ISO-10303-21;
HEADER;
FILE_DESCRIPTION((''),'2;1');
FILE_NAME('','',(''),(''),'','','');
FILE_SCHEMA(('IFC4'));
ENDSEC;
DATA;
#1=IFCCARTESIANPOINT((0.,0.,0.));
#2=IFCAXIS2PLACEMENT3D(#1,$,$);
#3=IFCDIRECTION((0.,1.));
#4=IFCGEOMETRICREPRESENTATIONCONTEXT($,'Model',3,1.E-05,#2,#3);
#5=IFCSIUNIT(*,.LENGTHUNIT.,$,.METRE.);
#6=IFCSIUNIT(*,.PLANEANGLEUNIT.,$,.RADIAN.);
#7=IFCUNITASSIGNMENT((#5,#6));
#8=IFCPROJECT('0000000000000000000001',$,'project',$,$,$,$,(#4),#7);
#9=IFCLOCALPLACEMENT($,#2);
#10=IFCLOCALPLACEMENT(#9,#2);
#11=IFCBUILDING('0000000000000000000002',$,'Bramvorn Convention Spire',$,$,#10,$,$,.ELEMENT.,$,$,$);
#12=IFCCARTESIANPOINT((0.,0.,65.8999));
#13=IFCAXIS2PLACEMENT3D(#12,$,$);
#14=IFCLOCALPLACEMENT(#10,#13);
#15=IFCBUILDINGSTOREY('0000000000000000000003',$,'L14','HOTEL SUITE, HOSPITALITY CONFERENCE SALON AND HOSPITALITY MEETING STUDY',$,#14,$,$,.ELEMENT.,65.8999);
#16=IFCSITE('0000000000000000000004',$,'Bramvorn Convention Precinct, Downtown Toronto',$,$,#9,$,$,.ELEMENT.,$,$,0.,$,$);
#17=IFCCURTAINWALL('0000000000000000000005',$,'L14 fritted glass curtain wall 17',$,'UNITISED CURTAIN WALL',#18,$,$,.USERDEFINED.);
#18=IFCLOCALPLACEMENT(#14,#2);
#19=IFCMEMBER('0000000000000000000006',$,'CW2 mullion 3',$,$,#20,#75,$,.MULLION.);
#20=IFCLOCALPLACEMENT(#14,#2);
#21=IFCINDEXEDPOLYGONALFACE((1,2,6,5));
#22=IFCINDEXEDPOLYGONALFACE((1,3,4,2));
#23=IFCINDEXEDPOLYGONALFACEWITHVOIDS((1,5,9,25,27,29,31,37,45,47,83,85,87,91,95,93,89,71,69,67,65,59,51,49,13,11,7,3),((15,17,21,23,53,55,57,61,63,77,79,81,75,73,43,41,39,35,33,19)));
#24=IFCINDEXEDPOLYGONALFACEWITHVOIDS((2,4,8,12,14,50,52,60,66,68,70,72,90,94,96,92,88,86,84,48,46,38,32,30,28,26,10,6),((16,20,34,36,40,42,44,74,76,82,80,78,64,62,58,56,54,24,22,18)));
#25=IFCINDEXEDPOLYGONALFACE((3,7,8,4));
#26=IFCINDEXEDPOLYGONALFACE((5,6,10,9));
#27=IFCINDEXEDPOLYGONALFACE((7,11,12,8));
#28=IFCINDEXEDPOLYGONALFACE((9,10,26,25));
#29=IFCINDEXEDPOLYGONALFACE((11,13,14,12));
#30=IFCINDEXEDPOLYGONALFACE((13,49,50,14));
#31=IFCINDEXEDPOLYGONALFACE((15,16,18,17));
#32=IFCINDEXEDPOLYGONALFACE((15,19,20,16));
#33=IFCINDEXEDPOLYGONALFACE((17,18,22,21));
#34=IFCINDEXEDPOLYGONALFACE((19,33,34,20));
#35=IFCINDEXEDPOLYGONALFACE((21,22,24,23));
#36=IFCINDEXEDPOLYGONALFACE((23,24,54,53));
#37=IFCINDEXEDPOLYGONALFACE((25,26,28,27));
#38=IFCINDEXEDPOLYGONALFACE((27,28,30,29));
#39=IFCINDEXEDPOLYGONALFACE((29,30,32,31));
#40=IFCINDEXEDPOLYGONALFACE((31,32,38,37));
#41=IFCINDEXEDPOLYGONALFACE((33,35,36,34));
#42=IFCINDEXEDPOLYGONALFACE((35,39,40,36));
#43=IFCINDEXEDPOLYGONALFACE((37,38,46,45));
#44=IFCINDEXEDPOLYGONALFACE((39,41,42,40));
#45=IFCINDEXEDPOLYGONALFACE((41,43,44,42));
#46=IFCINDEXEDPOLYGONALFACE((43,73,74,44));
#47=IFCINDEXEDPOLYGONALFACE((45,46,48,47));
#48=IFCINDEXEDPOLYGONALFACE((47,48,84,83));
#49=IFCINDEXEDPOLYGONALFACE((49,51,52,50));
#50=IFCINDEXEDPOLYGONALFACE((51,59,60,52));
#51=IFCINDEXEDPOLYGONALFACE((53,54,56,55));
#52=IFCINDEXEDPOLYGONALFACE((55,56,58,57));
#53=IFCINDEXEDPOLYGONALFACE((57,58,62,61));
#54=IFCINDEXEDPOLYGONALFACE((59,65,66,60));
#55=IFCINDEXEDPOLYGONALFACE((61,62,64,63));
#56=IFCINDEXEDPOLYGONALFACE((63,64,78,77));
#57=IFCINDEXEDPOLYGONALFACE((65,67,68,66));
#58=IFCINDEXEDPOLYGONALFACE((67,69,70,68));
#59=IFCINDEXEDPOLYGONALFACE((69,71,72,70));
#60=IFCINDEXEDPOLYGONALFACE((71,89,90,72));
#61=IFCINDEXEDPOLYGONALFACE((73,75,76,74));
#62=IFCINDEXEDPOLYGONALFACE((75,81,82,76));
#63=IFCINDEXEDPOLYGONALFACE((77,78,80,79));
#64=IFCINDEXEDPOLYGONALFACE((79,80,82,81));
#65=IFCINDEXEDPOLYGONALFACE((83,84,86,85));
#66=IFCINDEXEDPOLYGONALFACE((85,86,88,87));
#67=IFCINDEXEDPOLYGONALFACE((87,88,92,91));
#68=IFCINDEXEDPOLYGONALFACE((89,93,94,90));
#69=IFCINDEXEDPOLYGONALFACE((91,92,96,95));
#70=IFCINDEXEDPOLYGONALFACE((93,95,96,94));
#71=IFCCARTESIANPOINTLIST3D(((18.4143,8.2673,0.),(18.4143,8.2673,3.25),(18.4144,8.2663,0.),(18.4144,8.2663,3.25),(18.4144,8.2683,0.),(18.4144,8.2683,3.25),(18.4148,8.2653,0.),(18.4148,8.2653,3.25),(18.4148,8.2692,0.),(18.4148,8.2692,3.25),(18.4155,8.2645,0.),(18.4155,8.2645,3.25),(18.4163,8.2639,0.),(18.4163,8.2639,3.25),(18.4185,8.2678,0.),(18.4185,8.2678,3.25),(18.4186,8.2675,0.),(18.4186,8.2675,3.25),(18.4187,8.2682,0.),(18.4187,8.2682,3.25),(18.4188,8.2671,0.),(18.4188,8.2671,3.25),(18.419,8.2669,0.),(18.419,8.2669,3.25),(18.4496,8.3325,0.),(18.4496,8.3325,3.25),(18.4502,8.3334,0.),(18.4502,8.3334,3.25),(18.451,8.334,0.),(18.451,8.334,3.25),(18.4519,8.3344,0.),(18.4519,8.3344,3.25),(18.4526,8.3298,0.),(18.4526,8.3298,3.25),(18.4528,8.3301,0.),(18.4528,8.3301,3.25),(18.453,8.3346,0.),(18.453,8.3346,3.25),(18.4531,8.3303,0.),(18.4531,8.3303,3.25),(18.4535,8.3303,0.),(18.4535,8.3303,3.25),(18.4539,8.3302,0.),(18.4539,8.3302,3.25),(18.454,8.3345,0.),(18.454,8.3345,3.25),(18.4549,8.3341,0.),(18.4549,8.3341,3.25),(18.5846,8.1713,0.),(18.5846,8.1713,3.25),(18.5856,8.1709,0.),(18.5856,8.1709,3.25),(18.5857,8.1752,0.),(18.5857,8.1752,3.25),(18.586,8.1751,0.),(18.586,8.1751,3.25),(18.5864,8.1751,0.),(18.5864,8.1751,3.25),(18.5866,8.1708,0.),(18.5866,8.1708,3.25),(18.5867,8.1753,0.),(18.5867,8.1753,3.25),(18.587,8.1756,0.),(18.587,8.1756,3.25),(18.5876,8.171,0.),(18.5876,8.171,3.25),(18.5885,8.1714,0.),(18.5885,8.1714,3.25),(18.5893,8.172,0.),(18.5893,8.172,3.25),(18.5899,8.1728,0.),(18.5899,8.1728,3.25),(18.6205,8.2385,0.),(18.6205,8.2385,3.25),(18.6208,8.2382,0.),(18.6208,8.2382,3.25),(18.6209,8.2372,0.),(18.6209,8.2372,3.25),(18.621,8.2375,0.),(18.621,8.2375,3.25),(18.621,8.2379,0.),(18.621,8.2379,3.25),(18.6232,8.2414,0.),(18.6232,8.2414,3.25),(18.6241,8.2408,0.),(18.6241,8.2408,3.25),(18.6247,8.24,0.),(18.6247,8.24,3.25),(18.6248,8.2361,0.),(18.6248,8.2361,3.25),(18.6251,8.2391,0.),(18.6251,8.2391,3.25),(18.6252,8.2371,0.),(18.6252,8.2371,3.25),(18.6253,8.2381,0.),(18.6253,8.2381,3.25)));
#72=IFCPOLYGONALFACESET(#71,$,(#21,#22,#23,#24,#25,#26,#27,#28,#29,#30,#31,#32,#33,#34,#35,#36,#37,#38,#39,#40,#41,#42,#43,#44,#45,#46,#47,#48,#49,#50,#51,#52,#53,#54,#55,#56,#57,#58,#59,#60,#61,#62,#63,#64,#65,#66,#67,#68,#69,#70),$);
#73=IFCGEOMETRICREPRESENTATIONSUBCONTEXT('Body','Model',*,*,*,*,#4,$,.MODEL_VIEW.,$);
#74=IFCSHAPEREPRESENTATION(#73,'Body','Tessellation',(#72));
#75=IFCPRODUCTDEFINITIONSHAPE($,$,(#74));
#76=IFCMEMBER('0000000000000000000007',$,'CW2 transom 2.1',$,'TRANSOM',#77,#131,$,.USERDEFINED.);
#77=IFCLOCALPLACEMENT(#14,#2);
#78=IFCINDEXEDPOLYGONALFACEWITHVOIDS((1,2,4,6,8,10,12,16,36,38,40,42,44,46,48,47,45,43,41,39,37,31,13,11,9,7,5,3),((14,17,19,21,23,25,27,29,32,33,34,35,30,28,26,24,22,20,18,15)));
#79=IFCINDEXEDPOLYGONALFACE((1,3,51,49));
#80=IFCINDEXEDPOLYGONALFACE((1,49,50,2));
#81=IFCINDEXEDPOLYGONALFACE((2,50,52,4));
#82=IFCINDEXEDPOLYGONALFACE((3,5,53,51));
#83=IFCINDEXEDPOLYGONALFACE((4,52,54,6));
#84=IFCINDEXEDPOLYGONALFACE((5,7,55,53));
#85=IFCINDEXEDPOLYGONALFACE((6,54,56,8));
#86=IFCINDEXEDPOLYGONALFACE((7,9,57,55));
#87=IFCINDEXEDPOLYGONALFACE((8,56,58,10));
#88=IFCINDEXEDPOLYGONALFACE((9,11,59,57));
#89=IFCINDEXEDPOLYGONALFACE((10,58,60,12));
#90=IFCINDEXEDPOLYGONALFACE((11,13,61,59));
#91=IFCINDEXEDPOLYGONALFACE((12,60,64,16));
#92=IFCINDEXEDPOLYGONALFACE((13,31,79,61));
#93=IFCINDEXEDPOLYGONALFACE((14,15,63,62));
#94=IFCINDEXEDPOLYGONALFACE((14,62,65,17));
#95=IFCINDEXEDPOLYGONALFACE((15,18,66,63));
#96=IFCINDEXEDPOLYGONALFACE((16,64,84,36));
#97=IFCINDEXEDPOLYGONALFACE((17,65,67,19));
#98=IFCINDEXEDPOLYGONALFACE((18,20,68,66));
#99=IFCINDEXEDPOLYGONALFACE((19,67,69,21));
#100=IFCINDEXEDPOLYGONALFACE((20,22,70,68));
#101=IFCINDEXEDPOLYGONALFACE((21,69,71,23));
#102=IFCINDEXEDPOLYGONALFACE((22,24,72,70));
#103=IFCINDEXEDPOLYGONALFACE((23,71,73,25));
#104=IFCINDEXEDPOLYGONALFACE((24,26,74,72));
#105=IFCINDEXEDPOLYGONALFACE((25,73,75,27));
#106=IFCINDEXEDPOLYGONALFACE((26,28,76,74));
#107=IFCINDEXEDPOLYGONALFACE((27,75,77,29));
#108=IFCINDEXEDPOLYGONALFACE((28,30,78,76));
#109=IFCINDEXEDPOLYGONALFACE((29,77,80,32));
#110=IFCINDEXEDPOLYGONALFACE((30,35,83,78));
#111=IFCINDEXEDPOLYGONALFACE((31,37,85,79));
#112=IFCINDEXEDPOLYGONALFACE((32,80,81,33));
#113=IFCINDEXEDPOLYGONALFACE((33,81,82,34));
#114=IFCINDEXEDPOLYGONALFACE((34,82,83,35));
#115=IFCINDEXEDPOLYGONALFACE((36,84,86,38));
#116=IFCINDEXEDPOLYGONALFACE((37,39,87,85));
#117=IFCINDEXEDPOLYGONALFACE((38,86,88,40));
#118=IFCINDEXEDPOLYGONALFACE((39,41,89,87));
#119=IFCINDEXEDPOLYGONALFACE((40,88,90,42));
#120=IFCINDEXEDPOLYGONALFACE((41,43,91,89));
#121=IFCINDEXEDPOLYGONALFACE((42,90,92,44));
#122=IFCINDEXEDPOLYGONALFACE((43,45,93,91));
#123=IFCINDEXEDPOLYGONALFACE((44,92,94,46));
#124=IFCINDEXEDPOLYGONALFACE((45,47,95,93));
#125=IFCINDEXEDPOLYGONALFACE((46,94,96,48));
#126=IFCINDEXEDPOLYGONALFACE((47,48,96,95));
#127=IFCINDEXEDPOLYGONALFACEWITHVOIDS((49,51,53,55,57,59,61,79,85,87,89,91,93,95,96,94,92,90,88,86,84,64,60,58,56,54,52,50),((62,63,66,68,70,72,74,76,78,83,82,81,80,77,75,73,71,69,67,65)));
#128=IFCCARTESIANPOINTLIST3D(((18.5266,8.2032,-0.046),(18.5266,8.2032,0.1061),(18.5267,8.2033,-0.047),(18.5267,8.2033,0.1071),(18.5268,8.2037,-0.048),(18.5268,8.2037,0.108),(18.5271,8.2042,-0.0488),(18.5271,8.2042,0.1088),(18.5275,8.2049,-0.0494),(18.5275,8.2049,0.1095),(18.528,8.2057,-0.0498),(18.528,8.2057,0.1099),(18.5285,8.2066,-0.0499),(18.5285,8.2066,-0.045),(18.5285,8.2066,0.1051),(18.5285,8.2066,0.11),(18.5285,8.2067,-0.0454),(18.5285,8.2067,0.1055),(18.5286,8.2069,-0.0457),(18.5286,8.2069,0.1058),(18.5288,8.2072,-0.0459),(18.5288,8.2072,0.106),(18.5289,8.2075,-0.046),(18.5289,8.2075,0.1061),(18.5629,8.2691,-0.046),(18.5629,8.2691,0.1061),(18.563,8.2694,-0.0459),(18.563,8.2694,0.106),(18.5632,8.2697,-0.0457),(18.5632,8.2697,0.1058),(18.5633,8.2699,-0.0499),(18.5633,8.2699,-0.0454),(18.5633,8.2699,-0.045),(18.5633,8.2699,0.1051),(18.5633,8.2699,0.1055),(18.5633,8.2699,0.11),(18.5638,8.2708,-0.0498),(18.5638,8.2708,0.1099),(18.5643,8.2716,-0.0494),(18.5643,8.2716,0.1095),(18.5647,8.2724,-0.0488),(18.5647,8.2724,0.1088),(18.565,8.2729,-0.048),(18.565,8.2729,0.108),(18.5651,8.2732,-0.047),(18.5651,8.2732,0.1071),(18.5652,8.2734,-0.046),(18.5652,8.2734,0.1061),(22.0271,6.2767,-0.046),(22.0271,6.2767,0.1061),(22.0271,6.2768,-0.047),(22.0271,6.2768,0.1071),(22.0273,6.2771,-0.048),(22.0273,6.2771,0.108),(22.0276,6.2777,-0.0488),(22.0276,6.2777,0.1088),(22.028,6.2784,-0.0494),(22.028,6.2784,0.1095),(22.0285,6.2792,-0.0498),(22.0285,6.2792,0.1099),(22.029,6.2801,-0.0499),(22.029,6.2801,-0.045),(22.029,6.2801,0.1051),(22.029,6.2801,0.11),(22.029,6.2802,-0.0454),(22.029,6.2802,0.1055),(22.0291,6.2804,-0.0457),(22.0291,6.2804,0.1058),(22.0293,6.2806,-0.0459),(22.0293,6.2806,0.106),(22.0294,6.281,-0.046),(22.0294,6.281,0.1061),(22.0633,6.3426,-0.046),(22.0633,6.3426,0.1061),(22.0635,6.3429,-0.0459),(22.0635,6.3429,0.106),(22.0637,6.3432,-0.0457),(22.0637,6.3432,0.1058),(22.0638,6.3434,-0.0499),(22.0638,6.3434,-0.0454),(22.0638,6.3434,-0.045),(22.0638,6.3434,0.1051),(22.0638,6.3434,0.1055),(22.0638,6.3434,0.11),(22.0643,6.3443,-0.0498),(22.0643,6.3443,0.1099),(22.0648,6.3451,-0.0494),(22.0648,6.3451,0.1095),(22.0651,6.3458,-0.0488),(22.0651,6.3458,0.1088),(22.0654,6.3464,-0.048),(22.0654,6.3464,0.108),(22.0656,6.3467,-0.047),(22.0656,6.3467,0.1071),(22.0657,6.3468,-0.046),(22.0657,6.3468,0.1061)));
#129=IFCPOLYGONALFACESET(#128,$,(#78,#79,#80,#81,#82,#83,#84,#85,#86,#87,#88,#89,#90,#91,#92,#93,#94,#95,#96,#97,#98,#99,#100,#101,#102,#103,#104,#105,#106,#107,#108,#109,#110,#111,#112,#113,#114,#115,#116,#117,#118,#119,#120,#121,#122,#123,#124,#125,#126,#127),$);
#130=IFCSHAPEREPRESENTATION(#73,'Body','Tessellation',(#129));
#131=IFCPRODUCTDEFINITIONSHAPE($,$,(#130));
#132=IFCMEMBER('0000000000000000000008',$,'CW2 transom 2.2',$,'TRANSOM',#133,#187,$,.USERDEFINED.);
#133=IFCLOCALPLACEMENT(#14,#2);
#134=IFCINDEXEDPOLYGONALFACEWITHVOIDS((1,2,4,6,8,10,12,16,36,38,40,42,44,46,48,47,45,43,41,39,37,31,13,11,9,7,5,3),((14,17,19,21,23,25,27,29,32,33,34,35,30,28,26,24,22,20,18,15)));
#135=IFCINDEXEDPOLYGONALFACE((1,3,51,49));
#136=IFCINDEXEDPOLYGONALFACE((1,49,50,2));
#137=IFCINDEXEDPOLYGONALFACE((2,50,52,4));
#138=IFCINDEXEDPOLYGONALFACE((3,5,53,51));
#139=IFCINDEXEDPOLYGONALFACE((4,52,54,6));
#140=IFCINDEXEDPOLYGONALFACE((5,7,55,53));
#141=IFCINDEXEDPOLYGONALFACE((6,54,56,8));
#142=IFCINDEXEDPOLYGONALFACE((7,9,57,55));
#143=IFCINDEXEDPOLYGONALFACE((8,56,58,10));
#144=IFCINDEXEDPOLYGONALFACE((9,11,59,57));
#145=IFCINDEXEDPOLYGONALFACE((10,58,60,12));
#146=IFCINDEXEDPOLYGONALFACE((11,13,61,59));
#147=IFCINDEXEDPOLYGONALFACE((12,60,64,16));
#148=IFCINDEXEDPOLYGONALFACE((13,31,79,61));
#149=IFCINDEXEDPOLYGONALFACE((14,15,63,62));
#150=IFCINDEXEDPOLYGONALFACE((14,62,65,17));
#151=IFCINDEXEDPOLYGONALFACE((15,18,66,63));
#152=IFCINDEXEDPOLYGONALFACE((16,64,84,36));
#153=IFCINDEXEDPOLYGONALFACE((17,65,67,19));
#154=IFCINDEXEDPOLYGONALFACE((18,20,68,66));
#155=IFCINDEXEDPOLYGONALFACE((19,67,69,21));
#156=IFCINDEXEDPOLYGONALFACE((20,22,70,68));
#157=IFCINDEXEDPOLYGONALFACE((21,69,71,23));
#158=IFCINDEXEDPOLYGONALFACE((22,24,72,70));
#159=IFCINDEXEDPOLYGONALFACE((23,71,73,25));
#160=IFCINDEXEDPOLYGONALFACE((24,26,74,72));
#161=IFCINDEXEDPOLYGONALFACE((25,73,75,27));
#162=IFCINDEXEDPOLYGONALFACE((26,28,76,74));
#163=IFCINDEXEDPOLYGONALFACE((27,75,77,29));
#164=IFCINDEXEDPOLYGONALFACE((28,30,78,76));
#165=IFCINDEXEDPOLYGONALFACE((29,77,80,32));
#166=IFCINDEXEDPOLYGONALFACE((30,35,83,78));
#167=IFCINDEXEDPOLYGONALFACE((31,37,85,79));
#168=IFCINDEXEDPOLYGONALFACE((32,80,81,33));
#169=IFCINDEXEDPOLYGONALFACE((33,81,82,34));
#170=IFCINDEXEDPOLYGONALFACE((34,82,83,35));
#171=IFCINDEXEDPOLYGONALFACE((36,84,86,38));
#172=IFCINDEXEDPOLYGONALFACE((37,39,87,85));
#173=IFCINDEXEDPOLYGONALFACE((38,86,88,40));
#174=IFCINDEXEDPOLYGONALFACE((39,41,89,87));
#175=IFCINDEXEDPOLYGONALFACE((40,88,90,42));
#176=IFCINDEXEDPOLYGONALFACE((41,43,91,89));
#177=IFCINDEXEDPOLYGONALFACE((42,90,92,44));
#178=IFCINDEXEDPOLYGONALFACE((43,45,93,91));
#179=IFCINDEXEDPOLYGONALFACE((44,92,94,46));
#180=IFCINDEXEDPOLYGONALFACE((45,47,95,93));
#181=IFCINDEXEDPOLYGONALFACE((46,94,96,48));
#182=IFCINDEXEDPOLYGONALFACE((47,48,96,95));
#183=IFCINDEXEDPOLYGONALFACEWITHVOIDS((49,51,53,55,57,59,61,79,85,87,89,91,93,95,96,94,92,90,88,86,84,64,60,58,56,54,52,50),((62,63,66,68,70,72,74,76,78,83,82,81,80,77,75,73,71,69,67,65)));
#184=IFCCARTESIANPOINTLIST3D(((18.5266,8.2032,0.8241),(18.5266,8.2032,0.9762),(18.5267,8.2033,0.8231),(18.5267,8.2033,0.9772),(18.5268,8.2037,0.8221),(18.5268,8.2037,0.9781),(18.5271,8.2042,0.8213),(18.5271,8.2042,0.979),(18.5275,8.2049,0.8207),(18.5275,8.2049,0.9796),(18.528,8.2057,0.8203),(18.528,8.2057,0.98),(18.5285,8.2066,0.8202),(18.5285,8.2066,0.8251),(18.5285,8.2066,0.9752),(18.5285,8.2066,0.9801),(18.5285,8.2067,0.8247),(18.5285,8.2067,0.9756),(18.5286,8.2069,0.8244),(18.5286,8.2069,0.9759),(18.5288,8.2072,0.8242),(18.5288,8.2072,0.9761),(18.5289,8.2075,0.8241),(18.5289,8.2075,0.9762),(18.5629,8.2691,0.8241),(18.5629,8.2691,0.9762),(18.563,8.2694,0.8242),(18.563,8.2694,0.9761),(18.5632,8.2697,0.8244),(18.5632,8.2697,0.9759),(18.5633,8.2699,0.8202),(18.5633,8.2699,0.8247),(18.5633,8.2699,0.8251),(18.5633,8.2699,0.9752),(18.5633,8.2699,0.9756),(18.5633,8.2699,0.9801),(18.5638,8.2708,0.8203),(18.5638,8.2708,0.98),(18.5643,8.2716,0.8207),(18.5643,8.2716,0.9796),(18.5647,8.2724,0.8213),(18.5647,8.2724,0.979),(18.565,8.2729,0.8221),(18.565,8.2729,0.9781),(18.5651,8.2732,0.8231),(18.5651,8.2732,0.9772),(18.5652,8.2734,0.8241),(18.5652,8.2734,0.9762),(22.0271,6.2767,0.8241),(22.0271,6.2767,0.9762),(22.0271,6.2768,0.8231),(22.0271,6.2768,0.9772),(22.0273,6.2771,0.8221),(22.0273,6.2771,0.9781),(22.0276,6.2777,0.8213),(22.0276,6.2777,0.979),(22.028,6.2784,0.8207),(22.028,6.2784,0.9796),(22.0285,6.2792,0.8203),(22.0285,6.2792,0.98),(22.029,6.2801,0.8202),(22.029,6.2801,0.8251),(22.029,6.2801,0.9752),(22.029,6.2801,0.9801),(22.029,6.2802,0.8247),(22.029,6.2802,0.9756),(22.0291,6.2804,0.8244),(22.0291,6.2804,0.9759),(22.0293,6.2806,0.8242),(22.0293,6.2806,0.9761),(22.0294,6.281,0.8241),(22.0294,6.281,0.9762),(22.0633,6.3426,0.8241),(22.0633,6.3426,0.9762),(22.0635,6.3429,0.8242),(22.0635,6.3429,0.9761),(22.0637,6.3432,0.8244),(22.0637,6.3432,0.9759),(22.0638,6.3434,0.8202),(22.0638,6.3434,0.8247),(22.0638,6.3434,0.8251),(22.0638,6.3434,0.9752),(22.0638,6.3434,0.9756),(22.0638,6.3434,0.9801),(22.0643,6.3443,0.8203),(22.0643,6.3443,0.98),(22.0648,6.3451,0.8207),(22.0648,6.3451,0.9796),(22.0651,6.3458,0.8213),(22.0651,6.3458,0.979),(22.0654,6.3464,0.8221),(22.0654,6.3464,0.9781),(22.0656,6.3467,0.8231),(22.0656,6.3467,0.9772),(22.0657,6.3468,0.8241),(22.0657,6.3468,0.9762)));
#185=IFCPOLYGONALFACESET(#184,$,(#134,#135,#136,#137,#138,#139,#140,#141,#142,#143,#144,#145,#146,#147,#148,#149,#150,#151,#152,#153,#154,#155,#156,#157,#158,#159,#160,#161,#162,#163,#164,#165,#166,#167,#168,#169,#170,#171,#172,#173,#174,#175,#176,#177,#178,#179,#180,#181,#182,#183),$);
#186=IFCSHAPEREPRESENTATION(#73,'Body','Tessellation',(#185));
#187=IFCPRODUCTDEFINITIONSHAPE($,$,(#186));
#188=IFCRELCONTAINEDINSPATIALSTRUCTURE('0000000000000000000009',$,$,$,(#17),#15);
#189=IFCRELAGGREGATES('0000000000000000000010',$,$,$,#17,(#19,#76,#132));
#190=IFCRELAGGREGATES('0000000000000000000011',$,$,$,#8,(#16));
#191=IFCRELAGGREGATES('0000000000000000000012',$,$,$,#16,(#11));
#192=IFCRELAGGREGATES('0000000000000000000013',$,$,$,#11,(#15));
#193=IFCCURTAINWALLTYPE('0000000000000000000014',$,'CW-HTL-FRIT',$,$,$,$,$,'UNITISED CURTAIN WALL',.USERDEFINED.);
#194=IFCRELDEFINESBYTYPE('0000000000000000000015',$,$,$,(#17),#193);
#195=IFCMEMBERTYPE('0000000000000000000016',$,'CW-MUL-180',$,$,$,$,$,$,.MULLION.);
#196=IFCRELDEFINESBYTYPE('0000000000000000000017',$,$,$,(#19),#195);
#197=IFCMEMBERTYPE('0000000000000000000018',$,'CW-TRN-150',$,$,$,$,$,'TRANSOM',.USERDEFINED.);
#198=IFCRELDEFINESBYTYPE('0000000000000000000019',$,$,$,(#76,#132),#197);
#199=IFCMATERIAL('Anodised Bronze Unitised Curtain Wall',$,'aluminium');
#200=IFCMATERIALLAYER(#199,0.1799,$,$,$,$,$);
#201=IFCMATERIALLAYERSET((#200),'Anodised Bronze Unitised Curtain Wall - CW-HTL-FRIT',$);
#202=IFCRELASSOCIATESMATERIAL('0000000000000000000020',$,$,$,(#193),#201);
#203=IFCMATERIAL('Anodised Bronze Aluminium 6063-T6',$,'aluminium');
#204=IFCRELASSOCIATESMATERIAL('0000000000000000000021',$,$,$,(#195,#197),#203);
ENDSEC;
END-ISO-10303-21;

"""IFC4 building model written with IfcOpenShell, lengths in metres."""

from ifc_helpers import new_model, si_unit, direction, frame, origin, origin_2d, place, context, subcontext, project, spatial, hollow_rectangle, extrude, material, layer, layer_set, material_profile, profile_set, type_object, element, aggregate, save


model = new_model("IFC4")

# Units and contexts
model_context = context("Model", 3, precision=1e-05, world=origin(), true_north=direction((0.0, 1.0)))
body_context = subcontext(model_context, "Body", "Model", "MODEL_VIEW")
ifc_project = project(units=[si_unit("LENGTHUNIT", "METRE"), si_unit("PLANEANGLEUNIT", "RADIAN")], contexts=[model_context])

# Site, building, storey
site_placement = place(None, origin())
site = spatial("IfcSite", under=ifc_project, at=site_placement, Name="Bramvorn Convention Precinct, Downtown Toronto", CompositionType="ELEMENT", RefElevation=0.0)
building_placement = place(site_placement, origin())
building = spatial("IfcBuilding", under=site, at=building_placement, Name="Bramvorn Convention Spire", CompositionType="ELEMENT")
storey_placement = place(building_placement, frame((0.0, 0.0, 65.8999)))
storey = spatial("IfcBuildingStorey", under=building, at=storey_placement, Name="L14", Description="HOTEL SUITE, HOSPITALITY CONFERENCE SALON AND HOSPITALITY MEETING STUDY", CompositionType="ELEMENT", Elevation=65.8999)

# Curtain wall, members
ifc_material_1 = material(Name="Anodised Bronze Unitised Curtain Wall", Category="aluminium")
ifc_layer_1 = layer(ifc_material_1, 0.1799)
ifc_layer_set_1 = layer_set([ifc_layer_1], Name="Anodised Bronze Unitised Curtain Wall - CW-HTL-FRIT")
curtain_wall_type = type_object("IfcCurtainWallType", Name="CW-HTL-FRIT", ElementType="UNITISED CURTAIN WALL", PredefinedType="USERDEFINED", material=ifc_layer_set_1)
curtain_wall_placement = place(storey_placement, origin())
curtain_wall = element("IfcCurtainWall", 1, at=curtain_wall_placement, inside=storey, type_object=curtain_wall_type, Name="L14 fritted glass curtain wall 17", ObjectType="UNITISED CURTAIN WALL", PredefinedType="USERDEFINED")
ifc_material_2 = material(Name="Anodised Bronze Aluminium 6063-T6", Category="aluminium")
ifc_material_profile_1 = material_profile(ifc_material_2, hollow_rectangle(XDim=0.0801, YDim=0.2, WallThickness=0.0039, InnerFilletRadius=0.001, OuterFilletRadius=0.0039, at=origin_2d()))
ifc_profile_set_1 = profile_set([ifc_material_profile_1], Name="Anodised Bronze Aluminium 6063-T6 - CWM80X200")
member_type_1 = type_object("IfcMemberType", Name="CW-MUL-180", PredefinedType="MULLION", material=ifc_profile_set_1)
member_1_placement = place(storey_placement, frame((18.5198, 8.2527, 0.0), z_axis=(0.0, 0.0, 1.0), x_axis=(-0.482157, -0.876085, 0.0)))
member_1 = element("IfcMember", 2, at=member_1_placement, type_object=member_type_1, Name="CW2 mullion 3", PredefinedType="MULLION", context=body_context, shape_type="SweptSolid", body=[
    extrude(hollow_rectangle(XDim=0.0801, YDim=0.2, WallThickness=0.0039, InnerFilletRadius=0.001, OuterFilletRadius=0.0039, at=origin_2d()), origin(), (0.0, 0.0, 1.0), 3.25),
])
ifc_material_profile_2 = material_profile(ifc_material_2, hollow_rectangle(XDim=0.0801, YDim=0.1599, WallThickness=0.0039, InnerFilletRadius=0.001, OuterFilletRadius=0.0039, at=origin_2d()))
ifc_profile_set_2 = profile_set([ifc_material_profile_2], Name="Anodised Bronze Aluminium 6063-T6 - CWT80X160")
member_type_2 = type_object("IfcMemberType", Name="CW-TRN-150", ElementType="TRANSOM", PredefinedType="USERDEFINED", material=ifc_profile_set_2)
member_2_placement = place(storey_placement, frame((22.0464, 6.3118, 0.03), z_axis=(-0.876084, 0.482158, 0.0), x_axis=(-0.482158, -0.876084, 0.0)))
member_2 = element("IfcMember", 3, at=member_2_placement, type_object=member_type_2, Name="CW2 transom 2.1", ObjectType="TRANSOM", PredefinedType="USERDEFINED", context=body_context, shape_type="SweptSolid", body=[
    extrude(hollow_rectangle(XDim=0.0801, YDim=0.1599, WallThickness=0.0039, InnerFilletRadius=0.001, OuterFilletRadius=0.0039, at=origin_2d()), origin(), (0.0, 0.0, 1.0), 3.9956),
])
member_3_placement = place(storey_placement, frame((22.0464, 6.3118, 0.9001), z_axis=(-0.876084, 0.482158, 0.0), x_axis=(-0.482158, -0.876084, 0.0)))
member_3 = element("IfcMember", 4, at=member_3_placement, type_object=member_type_2, Name="CW2 transom 2.2", ObjectType="TRANSOM", PredefinedType="USERDEFINED", context=body_context, shape_type="SweptSolid", body=[
    extrude(hollow_rectangle(XDim=0.0801, YDim=0.1599, WallThickness=0.0039, InnerFilletRadius=0.001, OuterFilletRadius=0.0039, at=origin_2d()), origin(), (0.0, 0.0, 1.0), 3.9956),
])

aggregate(curtain_wall, [member_1, member_2, member_3])

save(model, "model.ifc")
